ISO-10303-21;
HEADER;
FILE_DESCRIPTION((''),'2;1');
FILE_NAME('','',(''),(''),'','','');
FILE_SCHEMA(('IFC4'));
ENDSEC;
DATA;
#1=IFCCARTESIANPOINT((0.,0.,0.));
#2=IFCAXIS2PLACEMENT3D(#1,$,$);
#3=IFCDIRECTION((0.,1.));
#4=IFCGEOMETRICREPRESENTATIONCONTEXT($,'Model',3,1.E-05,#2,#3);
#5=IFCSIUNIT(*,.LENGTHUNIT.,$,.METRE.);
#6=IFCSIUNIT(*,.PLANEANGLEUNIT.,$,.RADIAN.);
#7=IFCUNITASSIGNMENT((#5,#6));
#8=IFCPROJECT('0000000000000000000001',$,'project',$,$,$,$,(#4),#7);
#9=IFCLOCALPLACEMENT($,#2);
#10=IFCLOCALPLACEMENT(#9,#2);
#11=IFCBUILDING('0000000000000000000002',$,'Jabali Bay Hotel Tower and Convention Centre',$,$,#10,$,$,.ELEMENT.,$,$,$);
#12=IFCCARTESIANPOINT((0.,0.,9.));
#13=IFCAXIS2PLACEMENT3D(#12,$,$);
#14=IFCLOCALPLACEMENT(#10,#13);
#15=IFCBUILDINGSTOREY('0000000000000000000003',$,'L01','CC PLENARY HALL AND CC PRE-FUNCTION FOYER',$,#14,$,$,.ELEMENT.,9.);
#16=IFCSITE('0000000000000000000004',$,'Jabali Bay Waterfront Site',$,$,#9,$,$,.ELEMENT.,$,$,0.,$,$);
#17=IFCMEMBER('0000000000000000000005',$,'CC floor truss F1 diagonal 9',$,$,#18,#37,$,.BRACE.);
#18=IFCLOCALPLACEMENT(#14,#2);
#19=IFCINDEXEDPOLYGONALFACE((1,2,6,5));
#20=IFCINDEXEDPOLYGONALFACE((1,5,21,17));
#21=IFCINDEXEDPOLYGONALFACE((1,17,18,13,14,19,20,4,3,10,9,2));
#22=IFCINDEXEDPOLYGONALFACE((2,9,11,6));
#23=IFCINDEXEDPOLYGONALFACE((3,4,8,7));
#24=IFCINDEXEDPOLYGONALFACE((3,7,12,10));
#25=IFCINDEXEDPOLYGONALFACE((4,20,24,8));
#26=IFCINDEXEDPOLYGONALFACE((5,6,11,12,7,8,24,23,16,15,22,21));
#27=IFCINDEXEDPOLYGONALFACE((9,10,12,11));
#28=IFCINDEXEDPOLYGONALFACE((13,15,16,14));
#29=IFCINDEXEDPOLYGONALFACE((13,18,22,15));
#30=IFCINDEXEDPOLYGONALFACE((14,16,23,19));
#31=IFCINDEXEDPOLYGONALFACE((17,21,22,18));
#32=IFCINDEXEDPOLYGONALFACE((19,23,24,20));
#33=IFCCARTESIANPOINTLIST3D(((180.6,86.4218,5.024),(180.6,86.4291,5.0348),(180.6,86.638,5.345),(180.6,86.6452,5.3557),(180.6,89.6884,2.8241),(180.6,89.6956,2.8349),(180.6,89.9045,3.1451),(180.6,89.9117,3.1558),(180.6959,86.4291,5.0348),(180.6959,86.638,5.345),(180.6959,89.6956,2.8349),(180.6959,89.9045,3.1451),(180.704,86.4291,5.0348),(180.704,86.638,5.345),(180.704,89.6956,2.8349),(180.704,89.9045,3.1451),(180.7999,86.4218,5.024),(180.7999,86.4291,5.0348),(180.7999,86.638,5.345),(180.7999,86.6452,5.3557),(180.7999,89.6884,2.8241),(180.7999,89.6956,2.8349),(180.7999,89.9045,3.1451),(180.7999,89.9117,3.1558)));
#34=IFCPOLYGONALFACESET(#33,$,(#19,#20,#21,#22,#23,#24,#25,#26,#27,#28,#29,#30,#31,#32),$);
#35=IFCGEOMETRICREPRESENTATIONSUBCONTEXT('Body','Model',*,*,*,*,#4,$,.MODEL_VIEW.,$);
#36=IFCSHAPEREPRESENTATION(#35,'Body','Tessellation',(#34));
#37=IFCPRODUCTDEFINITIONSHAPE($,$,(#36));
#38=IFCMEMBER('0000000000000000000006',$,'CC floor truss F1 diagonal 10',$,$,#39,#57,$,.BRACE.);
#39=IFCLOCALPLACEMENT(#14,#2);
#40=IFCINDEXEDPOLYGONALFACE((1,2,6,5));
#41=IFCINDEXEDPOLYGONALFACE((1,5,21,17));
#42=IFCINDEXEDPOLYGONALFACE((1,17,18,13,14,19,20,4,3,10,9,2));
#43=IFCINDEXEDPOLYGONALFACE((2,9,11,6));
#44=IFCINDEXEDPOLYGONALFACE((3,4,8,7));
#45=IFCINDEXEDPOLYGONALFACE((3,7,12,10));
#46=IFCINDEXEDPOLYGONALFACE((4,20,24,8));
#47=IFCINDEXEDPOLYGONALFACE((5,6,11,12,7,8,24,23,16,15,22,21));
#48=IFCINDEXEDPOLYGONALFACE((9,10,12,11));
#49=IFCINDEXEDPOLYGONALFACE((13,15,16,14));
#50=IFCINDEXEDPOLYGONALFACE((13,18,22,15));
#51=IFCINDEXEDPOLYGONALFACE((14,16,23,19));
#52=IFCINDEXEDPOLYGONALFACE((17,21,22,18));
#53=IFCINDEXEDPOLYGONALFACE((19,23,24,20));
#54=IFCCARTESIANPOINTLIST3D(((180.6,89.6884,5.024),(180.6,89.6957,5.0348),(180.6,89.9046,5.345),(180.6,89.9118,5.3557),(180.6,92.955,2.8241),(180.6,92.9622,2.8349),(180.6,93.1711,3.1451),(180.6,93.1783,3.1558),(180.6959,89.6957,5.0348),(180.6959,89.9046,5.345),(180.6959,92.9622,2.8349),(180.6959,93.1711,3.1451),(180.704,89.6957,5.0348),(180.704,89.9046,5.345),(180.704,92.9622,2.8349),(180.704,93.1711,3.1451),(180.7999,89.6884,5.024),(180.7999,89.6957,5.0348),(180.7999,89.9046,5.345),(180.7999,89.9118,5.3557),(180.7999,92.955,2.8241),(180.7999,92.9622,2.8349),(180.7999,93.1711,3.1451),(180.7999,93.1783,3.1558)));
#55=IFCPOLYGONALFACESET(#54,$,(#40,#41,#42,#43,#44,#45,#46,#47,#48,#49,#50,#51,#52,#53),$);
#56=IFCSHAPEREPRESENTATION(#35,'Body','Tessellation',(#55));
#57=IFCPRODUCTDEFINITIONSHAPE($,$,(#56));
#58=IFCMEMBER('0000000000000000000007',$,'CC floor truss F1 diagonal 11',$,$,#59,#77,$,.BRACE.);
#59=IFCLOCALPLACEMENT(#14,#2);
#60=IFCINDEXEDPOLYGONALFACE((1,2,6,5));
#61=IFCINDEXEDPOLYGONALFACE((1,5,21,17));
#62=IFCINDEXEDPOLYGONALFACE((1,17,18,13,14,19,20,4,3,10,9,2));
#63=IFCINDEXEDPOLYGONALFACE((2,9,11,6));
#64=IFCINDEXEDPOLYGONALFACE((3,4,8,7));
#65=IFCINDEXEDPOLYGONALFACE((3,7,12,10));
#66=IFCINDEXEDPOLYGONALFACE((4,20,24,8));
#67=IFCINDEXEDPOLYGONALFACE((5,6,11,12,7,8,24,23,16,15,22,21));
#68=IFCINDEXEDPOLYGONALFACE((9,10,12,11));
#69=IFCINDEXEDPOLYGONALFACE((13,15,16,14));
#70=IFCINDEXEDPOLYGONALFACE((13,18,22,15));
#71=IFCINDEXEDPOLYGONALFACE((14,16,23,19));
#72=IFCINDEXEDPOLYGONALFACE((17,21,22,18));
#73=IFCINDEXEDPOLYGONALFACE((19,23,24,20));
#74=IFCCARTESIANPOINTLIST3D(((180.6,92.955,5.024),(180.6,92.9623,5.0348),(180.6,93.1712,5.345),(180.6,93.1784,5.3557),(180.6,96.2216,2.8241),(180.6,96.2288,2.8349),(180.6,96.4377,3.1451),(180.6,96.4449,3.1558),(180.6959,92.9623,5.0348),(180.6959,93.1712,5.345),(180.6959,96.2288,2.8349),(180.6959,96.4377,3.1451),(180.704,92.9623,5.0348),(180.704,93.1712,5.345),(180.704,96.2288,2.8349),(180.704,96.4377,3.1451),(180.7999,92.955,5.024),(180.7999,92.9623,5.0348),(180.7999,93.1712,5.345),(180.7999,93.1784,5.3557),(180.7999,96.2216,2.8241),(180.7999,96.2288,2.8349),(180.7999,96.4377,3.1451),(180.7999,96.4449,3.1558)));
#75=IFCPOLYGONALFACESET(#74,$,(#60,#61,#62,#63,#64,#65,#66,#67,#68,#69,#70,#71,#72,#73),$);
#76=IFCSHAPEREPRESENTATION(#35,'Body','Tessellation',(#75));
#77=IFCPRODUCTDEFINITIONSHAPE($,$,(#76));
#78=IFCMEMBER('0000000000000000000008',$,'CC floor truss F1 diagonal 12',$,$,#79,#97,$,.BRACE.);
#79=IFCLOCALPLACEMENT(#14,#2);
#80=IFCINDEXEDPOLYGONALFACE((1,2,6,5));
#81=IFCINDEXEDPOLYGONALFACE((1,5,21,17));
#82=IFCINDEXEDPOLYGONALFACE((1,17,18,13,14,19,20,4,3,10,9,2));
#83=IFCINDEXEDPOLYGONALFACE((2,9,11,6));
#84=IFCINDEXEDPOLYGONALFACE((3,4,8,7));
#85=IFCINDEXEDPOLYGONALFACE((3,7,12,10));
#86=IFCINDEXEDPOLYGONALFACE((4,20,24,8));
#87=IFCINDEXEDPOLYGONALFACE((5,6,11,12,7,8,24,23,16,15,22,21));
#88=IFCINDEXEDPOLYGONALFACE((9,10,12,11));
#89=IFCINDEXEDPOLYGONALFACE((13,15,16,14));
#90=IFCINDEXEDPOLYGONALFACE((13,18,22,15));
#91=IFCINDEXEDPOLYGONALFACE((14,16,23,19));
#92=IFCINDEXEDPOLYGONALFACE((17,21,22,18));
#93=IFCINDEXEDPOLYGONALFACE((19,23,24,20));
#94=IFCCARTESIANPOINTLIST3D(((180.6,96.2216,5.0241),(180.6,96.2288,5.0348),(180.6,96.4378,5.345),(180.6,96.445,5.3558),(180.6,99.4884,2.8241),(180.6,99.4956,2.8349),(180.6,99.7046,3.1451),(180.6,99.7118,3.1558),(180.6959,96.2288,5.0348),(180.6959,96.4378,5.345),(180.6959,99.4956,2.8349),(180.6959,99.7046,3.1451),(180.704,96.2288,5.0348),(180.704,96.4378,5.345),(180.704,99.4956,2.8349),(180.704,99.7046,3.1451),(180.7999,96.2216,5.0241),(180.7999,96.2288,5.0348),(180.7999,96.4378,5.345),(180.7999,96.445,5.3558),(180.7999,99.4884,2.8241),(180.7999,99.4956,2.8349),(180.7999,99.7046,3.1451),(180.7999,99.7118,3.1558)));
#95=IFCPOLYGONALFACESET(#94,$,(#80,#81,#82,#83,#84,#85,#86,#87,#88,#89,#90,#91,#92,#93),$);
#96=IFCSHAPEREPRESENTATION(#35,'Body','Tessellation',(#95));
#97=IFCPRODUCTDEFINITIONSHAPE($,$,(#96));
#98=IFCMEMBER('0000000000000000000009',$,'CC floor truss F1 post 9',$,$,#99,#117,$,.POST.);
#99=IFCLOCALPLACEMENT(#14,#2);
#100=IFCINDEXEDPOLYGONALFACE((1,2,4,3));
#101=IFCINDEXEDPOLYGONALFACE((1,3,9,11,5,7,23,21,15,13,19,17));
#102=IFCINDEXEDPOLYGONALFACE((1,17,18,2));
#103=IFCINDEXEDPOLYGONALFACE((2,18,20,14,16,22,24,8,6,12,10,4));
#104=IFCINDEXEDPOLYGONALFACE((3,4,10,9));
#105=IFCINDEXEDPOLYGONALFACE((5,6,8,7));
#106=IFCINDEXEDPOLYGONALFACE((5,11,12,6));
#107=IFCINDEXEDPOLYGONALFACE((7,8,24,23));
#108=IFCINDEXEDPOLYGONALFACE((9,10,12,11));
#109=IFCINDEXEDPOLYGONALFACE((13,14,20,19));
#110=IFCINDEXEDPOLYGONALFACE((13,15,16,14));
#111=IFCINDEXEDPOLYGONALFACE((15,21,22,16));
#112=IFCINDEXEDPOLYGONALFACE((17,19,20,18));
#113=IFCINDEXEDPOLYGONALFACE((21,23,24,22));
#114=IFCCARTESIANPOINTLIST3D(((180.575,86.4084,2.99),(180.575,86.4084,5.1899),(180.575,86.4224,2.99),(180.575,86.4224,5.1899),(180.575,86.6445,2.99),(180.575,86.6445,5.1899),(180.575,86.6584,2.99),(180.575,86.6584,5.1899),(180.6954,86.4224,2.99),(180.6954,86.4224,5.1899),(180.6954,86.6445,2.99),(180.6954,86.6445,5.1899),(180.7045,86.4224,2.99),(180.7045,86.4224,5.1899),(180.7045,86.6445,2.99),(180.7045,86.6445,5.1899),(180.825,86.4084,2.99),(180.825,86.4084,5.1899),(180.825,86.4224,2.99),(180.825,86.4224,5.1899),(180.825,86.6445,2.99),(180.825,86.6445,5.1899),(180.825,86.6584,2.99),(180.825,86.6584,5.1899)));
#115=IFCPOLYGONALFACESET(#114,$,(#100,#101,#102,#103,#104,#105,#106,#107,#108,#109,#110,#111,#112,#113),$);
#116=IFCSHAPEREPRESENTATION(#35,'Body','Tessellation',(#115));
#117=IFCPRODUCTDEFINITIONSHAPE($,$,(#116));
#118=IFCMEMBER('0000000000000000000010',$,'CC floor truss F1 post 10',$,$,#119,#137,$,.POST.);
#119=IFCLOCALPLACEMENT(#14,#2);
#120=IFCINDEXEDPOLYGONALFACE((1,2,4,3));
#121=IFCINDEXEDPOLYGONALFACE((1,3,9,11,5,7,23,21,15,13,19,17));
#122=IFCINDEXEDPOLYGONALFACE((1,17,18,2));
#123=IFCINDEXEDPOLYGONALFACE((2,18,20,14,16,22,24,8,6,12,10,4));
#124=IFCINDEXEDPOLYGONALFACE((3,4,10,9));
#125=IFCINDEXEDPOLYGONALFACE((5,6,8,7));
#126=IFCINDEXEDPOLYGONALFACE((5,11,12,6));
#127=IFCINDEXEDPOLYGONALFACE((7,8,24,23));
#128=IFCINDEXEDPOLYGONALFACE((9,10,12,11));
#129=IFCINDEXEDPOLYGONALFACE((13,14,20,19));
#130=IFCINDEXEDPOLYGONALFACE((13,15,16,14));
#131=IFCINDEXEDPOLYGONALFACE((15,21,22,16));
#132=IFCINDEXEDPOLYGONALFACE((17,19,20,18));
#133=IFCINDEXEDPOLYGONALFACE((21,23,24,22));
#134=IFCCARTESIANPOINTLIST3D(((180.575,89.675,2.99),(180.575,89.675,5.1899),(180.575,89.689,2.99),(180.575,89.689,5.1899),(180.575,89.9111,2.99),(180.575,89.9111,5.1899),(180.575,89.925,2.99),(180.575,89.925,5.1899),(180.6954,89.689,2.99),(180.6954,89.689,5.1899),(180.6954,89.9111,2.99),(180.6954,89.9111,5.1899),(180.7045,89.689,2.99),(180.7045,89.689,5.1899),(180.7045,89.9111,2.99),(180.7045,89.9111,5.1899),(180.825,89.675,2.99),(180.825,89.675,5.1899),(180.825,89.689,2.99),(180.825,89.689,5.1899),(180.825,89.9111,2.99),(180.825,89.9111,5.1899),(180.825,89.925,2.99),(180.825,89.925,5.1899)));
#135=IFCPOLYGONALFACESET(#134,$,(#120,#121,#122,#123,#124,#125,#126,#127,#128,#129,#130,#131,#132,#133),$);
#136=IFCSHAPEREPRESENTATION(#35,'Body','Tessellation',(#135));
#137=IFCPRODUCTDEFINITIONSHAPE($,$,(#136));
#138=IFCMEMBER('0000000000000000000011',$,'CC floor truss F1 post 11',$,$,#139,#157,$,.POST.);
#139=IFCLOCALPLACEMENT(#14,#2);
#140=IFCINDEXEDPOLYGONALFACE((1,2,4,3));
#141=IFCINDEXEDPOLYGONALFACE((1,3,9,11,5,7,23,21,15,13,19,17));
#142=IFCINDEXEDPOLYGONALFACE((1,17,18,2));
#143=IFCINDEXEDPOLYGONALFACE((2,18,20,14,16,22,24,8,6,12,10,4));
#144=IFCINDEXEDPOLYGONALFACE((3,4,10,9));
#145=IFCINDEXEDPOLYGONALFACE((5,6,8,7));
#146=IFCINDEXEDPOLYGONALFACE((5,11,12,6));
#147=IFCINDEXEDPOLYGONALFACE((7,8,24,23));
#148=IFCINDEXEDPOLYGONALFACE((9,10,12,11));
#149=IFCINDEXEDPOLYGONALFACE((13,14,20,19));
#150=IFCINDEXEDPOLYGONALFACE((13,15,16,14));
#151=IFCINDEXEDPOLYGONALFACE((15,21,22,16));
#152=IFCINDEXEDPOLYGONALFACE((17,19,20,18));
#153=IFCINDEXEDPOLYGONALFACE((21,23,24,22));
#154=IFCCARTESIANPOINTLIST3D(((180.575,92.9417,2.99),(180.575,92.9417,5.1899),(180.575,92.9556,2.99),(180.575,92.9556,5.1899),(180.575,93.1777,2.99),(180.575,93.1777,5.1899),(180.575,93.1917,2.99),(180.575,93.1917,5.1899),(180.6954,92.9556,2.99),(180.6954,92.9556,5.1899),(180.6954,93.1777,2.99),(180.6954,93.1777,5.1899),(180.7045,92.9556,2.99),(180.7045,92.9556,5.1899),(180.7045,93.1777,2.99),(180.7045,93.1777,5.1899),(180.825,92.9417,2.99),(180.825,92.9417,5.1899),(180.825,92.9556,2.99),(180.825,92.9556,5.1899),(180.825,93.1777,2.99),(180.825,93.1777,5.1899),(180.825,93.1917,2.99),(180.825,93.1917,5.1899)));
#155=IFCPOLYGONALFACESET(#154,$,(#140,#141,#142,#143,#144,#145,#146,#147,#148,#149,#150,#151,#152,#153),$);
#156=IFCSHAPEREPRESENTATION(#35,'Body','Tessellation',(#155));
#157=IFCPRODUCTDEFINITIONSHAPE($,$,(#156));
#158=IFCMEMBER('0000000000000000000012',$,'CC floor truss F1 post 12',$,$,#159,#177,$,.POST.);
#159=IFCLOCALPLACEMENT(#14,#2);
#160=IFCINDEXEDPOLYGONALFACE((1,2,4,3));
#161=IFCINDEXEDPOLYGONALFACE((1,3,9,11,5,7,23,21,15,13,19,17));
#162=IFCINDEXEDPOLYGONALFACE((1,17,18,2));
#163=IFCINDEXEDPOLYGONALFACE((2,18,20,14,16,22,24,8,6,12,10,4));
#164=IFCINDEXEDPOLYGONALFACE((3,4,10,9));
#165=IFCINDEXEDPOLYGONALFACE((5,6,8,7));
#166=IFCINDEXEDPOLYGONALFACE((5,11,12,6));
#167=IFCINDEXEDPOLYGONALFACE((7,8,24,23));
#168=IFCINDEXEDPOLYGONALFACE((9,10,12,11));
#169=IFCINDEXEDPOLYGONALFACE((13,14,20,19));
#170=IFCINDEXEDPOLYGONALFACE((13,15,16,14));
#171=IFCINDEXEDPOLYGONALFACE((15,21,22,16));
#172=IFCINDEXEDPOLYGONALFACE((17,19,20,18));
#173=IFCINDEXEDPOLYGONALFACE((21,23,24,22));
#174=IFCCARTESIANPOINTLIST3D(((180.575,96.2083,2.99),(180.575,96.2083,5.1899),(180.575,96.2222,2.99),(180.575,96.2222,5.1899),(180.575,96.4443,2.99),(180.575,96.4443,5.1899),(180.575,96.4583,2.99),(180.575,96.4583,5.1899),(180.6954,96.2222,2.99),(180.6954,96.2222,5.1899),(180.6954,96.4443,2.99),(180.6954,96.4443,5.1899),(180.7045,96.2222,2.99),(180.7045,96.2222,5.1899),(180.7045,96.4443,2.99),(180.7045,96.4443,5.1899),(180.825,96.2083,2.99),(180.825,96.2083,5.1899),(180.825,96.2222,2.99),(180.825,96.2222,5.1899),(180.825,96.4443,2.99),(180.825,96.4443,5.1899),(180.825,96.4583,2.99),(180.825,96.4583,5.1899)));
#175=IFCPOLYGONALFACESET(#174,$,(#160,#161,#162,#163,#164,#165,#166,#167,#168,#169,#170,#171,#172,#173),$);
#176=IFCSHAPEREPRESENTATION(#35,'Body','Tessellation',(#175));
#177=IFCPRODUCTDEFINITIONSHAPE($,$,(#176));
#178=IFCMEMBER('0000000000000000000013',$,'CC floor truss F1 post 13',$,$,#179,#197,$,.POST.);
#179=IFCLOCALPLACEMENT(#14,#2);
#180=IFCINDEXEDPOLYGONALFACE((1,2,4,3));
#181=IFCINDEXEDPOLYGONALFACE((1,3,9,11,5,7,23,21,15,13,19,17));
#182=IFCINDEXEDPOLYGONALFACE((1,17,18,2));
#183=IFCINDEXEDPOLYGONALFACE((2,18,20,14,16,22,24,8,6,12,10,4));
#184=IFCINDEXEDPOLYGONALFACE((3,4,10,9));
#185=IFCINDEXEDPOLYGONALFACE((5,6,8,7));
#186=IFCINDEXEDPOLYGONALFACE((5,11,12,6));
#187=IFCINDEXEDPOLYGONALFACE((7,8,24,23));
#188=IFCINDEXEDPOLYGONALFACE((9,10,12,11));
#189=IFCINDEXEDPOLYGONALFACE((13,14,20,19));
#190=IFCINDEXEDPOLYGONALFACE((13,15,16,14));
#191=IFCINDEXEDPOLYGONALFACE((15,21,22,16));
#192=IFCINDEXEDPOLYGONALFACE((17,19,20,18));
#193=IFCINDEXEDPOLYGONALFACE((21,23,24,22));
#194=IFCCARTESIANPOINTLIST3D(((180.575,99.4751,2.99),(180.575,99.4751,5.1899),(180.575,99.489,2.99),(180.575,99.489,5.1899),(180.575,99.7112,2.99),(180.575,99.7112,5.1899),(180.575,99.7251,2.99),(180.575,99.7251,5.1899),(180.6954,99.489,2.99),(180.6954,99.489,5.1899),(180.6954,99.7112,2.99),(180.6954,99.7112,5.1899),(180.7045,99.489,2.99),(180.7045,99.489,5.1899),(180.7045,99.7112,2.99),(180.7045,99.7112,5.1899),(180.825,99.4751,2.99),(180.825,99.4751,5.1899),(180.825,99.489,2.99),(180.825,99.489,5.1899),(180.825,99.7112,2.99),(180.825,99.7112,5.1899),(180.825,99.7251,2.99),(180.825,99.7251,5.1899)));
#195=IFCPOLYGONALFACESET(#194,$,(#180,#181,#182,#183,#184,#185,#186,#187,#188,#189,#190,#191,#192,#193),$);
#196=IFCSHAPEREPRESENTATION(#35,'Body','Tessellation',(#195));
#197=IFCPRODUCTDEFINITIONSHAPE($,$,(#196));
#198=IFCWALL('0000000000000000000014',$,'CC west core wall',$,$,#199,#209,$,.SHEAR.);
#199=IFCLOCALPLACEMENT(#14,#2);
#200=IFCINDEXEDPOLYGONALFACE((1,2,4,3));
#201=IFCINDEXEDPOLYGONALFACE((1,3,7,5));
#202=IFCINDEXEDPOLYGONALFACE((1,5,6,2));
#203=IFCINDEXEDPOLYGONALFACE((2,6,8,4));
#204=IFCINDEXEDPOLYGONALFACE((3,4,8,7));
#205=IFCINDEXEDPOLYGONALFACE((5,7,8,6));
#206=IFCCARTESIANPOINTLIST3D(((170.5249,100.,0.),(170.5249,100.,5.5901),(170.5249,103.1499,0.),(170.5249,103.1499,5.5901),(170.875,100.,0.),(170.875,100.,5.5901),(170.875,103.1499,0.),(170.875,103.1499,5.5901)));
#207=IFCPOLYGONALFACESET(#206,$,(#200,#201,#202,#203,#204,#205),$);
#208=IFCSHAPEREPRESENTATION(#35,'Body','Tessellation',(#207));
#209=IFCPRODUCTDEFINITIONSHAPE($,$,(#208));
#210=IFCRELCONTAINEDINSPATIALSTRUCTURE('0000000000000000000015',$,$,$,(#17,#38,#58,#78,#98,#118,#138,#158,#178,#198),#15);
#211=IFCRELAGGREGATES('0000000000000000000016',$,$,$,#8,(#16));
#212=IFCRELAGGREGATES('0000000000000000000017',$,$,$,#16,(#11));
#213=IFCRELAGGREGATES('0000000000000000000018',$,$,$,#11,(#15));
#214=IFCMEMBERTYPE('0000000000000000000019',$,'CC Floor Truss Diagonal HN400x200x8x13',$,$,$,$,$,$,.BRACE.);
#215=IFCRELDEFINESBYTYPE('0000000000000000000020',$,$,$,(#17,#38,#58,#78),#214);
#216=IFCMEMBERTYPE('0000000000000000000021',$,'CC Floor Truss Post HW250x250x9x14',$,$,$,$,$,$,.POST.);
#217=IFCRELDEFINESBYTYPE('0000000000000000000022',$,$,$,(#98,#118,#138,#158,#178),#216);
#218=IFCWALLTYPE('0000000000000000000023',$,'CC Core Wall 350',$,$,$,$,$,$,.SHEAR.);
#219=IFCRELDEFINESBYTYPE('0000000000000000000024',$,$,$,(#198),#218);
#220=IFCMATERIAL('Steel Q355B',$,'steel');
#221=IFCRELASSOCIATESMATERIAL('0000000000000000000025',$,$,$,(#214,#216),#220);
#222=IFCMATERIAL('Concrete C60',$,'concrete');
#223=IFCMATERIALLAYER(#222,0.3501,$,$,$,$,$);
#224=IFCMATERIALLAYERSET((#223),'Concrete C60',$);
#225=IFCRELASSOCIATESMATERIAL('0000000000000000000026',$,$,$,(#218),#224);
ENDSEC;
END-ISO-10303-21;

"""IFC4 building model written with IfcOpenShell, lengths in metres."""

from ifc_helpers import new_model, si_unit, direction, frame, frame_2d, origin, origin_2d, place, context, subcontext, project, spatial, rectangle, i_section, extrude, material, layer, layer_set, material_profile, profile_set, type_object, element, save


model = new_model("IFC4")

# Units and contexts
model_context = context("Model", 3, precision=1e-05, world=origin(), true_north=direction((0.0, 1.0)))
body_context = subcontext(model_context, "Body", "Model", "MODEL_VIEW")
ifc_project = project(units=[si_unit("LENGTHUNIT", "METRE"), si_unit("PLANEANGLEUNIT", "RADIAN")], contexts=[model_context])

# Site, building, storey
site_placement = place(None, origin())
site = spatial("IfcSite", under=ifc_project, at=site_placement, Name="Jabali Bay Waterfront Site", CompositionType="ELEMENT", RefElevation=0.0)
building_placement = place(site_placement, origin())
building = spatial("IfcBuilding", under=site, at=building_placement, Name="Jabali Bay Hotel Tower and Convention Centre", CompositionType="ELEMENT")
storey_placement = place(building_placement, frame((0.0, 0.0, 9.0)))
storey = spatial("IfcBuildingStorey", under=building, at=storey_placement, Name="L01", Description="CC PLENARY HALL AND CC PRE-FUNCTION FOYER", CompositionType="ELEMENT", Elevation=9.0)

# Shared definitions
ifc_material_1 = material(Name="Concrete C60", Category="concrete")

# Members
ifc_material_2 = material(Name="Steel Q355B", Category="steel")
ifc_material_profile_1 = material_profile(ifc_material_2, i_section(OverallWidth=0.2, OverallDepth=0.3999, WebThickness=0.0081, FlangeThickness=0.0129, at=origin_2d()), Name="HN400x200x8x13")
ifc_profile_set_1 = profile_set([ifc_material_profile_1], Name="Steel Q355B")
member_type_1 = type_object("IfcMemberType", Name="CC Floor Truss Diagonal HN400x200x8x13", PredefinedType="BRACE", material=ifc_profile_set_1)
for number, where, z_axis, x_axis, name in (
    (1, (180.7, 89.8, 2.99), (0.0, -0.829438, 0.5586), (1.0, 0.0, 0.0), "CC floor truss F1 diagonal 9"),
    (2, (180.7, 93.0667, 2.99), (0.0, -0.829438, 0.5586), (1.0, 0.0, 0.0), "CC floor truss F1 diagonal 10"),
    (3, (180.7, 96.3333, 2.99), (0.0, -0.829438, 0.5586), (1.0, 0.0, 0.0), "CC floor truss F1 diagonal 11"),
):
    element("IfcMember", number, at=place(storey_placement, frame(where, z_axis=z_axis, x_axis=x_axis)), inside=storey, type_object=member_type_1, Name=name, PredefinedType="BRACE", context=body_context, shape_type="SweptSolid", body=[
        extrude(i_section(OverallWidth=0.2, OverallDepth=0.3999, WebThickness=0.0081, FlangeThickness=0.0129, at=origin_2d()), origin(), (0.0, 0.0, 1.0), 3.9382),
    ])
member_1_placement = place(storey_placement, frame((180.7, 99.6001, 2.99), z_axis=(0.0, -0.829457, 0.558571), x_axis=(1.0, 0.0, 0.0)))
element("IfcMember", 4, at=member_1_placement, inside=storey, type_object=member_type_1, Name="CC floor truss F1 diagonal 12", PredefinedType="BRACE", context=body_context, shape_type="SweptSolid", body=[
    extrude(i_section(OverallWidth=0.2, OverallDepth=0.3999, WebThickness=0.0081, FlangeThickness=0.0129, at=origin_2d()), origin(), (0.0, 0.0, 1.0), 3.9385),
])
ifc_material_profile_2 = material_profile(ifc_material_2, i_section(OverallWidth=0.25, OverallDepth=0.25, WebThickness=0.009, FlangeThickness=0.0139, at=origin_2d()), Name="HW250x250x9x14")
ifc_profile_set_2 = profile_set([ifc_material_profile_2], Name="Steel Q355B")
member_type_2 = type_object("IfcMemberType", Name="CC Floor Truss Post HW250x250x9x14", PredefinedType="POST", material=ifc_profile_set_2)
for number, where, z_axis, x_axis, name in (
    (5, (180.7, 86.5334, 2.99), (0.0, 0.0, 1.0), (1.0, 0.0, 0.0), "CC floor truss F1 post 9"),
    (6, (180.7, 89.8, 2.99), (0.0, 0.0, 1.0), (1.0, 0.0, 0.0), "CC floor truss F1 post 10"),
    (7, (180.7, 93.0667, 2.99), (0.0, 0.0, 1.0), (1.0, 0.0, 0.0), "CC floor truss F1 post 11"),
    (8, (180.7, 96.3333, 2.99), (0.0, 0.0, 1.0), (1.0, 0.0, 0.0), "CC floor truss F1 post 12"),
    (9, (180.7, 99.6001, 2.99), (0.0, 0.0, 1.0), (1.0, 0.0, 0.0), "CC floor truss F1 post 13"),
):
    element("IfcMember", number, at=place(storey_placement, frame(where, z_axis=z_axis, x_axis=x_axis)), inside=storey, type_object=member_type_2, Name=name, PredefinedType="POST", context=body_context, shape_type="SweptSolid", body=[
        extrude(i_section(OverallWidth=0.25, OverallDepth=0.25, WebThickness=0.009, FlangeThickness=0.0139, at=origin_2d()), origin(), (0.0, 0.0, 1.0), 2.2),
    ])

# Wall
ifc_layer_1 = layer(ifc_material_1, 0.3501)
ifc_layer_set_1 = layer_set([ifc_layer_1], Name="Concrete C60")
wall_type_1 = type_object("IfcWallType", Name="CC Core Wall 350", PredefinedType="SHEAR", material=ifc_layer_set_1)
wall_1_placement = place(storey_placement, frame((170.7, 100.0, 0.0), z_axis=(0.0, 0.0, 1.0), x_axis=(0.0, 1.0, 0.0)))
element("IfcWall", 10, at=wall_1_placement, inside=storey, type_object=wall_type_1, Name="CC west core wall", PredefinedType="SHEAR", context=body_context, shape_type="SweptSolid", body=[
    extrude(rectangle(XDim=3.1499, YDim=0.3501, at=frame_2d((1.575, 0.0))), origin(), (0.0, 0.0, 1.0), 5.5901),
])

save(model, "model.ifc")
